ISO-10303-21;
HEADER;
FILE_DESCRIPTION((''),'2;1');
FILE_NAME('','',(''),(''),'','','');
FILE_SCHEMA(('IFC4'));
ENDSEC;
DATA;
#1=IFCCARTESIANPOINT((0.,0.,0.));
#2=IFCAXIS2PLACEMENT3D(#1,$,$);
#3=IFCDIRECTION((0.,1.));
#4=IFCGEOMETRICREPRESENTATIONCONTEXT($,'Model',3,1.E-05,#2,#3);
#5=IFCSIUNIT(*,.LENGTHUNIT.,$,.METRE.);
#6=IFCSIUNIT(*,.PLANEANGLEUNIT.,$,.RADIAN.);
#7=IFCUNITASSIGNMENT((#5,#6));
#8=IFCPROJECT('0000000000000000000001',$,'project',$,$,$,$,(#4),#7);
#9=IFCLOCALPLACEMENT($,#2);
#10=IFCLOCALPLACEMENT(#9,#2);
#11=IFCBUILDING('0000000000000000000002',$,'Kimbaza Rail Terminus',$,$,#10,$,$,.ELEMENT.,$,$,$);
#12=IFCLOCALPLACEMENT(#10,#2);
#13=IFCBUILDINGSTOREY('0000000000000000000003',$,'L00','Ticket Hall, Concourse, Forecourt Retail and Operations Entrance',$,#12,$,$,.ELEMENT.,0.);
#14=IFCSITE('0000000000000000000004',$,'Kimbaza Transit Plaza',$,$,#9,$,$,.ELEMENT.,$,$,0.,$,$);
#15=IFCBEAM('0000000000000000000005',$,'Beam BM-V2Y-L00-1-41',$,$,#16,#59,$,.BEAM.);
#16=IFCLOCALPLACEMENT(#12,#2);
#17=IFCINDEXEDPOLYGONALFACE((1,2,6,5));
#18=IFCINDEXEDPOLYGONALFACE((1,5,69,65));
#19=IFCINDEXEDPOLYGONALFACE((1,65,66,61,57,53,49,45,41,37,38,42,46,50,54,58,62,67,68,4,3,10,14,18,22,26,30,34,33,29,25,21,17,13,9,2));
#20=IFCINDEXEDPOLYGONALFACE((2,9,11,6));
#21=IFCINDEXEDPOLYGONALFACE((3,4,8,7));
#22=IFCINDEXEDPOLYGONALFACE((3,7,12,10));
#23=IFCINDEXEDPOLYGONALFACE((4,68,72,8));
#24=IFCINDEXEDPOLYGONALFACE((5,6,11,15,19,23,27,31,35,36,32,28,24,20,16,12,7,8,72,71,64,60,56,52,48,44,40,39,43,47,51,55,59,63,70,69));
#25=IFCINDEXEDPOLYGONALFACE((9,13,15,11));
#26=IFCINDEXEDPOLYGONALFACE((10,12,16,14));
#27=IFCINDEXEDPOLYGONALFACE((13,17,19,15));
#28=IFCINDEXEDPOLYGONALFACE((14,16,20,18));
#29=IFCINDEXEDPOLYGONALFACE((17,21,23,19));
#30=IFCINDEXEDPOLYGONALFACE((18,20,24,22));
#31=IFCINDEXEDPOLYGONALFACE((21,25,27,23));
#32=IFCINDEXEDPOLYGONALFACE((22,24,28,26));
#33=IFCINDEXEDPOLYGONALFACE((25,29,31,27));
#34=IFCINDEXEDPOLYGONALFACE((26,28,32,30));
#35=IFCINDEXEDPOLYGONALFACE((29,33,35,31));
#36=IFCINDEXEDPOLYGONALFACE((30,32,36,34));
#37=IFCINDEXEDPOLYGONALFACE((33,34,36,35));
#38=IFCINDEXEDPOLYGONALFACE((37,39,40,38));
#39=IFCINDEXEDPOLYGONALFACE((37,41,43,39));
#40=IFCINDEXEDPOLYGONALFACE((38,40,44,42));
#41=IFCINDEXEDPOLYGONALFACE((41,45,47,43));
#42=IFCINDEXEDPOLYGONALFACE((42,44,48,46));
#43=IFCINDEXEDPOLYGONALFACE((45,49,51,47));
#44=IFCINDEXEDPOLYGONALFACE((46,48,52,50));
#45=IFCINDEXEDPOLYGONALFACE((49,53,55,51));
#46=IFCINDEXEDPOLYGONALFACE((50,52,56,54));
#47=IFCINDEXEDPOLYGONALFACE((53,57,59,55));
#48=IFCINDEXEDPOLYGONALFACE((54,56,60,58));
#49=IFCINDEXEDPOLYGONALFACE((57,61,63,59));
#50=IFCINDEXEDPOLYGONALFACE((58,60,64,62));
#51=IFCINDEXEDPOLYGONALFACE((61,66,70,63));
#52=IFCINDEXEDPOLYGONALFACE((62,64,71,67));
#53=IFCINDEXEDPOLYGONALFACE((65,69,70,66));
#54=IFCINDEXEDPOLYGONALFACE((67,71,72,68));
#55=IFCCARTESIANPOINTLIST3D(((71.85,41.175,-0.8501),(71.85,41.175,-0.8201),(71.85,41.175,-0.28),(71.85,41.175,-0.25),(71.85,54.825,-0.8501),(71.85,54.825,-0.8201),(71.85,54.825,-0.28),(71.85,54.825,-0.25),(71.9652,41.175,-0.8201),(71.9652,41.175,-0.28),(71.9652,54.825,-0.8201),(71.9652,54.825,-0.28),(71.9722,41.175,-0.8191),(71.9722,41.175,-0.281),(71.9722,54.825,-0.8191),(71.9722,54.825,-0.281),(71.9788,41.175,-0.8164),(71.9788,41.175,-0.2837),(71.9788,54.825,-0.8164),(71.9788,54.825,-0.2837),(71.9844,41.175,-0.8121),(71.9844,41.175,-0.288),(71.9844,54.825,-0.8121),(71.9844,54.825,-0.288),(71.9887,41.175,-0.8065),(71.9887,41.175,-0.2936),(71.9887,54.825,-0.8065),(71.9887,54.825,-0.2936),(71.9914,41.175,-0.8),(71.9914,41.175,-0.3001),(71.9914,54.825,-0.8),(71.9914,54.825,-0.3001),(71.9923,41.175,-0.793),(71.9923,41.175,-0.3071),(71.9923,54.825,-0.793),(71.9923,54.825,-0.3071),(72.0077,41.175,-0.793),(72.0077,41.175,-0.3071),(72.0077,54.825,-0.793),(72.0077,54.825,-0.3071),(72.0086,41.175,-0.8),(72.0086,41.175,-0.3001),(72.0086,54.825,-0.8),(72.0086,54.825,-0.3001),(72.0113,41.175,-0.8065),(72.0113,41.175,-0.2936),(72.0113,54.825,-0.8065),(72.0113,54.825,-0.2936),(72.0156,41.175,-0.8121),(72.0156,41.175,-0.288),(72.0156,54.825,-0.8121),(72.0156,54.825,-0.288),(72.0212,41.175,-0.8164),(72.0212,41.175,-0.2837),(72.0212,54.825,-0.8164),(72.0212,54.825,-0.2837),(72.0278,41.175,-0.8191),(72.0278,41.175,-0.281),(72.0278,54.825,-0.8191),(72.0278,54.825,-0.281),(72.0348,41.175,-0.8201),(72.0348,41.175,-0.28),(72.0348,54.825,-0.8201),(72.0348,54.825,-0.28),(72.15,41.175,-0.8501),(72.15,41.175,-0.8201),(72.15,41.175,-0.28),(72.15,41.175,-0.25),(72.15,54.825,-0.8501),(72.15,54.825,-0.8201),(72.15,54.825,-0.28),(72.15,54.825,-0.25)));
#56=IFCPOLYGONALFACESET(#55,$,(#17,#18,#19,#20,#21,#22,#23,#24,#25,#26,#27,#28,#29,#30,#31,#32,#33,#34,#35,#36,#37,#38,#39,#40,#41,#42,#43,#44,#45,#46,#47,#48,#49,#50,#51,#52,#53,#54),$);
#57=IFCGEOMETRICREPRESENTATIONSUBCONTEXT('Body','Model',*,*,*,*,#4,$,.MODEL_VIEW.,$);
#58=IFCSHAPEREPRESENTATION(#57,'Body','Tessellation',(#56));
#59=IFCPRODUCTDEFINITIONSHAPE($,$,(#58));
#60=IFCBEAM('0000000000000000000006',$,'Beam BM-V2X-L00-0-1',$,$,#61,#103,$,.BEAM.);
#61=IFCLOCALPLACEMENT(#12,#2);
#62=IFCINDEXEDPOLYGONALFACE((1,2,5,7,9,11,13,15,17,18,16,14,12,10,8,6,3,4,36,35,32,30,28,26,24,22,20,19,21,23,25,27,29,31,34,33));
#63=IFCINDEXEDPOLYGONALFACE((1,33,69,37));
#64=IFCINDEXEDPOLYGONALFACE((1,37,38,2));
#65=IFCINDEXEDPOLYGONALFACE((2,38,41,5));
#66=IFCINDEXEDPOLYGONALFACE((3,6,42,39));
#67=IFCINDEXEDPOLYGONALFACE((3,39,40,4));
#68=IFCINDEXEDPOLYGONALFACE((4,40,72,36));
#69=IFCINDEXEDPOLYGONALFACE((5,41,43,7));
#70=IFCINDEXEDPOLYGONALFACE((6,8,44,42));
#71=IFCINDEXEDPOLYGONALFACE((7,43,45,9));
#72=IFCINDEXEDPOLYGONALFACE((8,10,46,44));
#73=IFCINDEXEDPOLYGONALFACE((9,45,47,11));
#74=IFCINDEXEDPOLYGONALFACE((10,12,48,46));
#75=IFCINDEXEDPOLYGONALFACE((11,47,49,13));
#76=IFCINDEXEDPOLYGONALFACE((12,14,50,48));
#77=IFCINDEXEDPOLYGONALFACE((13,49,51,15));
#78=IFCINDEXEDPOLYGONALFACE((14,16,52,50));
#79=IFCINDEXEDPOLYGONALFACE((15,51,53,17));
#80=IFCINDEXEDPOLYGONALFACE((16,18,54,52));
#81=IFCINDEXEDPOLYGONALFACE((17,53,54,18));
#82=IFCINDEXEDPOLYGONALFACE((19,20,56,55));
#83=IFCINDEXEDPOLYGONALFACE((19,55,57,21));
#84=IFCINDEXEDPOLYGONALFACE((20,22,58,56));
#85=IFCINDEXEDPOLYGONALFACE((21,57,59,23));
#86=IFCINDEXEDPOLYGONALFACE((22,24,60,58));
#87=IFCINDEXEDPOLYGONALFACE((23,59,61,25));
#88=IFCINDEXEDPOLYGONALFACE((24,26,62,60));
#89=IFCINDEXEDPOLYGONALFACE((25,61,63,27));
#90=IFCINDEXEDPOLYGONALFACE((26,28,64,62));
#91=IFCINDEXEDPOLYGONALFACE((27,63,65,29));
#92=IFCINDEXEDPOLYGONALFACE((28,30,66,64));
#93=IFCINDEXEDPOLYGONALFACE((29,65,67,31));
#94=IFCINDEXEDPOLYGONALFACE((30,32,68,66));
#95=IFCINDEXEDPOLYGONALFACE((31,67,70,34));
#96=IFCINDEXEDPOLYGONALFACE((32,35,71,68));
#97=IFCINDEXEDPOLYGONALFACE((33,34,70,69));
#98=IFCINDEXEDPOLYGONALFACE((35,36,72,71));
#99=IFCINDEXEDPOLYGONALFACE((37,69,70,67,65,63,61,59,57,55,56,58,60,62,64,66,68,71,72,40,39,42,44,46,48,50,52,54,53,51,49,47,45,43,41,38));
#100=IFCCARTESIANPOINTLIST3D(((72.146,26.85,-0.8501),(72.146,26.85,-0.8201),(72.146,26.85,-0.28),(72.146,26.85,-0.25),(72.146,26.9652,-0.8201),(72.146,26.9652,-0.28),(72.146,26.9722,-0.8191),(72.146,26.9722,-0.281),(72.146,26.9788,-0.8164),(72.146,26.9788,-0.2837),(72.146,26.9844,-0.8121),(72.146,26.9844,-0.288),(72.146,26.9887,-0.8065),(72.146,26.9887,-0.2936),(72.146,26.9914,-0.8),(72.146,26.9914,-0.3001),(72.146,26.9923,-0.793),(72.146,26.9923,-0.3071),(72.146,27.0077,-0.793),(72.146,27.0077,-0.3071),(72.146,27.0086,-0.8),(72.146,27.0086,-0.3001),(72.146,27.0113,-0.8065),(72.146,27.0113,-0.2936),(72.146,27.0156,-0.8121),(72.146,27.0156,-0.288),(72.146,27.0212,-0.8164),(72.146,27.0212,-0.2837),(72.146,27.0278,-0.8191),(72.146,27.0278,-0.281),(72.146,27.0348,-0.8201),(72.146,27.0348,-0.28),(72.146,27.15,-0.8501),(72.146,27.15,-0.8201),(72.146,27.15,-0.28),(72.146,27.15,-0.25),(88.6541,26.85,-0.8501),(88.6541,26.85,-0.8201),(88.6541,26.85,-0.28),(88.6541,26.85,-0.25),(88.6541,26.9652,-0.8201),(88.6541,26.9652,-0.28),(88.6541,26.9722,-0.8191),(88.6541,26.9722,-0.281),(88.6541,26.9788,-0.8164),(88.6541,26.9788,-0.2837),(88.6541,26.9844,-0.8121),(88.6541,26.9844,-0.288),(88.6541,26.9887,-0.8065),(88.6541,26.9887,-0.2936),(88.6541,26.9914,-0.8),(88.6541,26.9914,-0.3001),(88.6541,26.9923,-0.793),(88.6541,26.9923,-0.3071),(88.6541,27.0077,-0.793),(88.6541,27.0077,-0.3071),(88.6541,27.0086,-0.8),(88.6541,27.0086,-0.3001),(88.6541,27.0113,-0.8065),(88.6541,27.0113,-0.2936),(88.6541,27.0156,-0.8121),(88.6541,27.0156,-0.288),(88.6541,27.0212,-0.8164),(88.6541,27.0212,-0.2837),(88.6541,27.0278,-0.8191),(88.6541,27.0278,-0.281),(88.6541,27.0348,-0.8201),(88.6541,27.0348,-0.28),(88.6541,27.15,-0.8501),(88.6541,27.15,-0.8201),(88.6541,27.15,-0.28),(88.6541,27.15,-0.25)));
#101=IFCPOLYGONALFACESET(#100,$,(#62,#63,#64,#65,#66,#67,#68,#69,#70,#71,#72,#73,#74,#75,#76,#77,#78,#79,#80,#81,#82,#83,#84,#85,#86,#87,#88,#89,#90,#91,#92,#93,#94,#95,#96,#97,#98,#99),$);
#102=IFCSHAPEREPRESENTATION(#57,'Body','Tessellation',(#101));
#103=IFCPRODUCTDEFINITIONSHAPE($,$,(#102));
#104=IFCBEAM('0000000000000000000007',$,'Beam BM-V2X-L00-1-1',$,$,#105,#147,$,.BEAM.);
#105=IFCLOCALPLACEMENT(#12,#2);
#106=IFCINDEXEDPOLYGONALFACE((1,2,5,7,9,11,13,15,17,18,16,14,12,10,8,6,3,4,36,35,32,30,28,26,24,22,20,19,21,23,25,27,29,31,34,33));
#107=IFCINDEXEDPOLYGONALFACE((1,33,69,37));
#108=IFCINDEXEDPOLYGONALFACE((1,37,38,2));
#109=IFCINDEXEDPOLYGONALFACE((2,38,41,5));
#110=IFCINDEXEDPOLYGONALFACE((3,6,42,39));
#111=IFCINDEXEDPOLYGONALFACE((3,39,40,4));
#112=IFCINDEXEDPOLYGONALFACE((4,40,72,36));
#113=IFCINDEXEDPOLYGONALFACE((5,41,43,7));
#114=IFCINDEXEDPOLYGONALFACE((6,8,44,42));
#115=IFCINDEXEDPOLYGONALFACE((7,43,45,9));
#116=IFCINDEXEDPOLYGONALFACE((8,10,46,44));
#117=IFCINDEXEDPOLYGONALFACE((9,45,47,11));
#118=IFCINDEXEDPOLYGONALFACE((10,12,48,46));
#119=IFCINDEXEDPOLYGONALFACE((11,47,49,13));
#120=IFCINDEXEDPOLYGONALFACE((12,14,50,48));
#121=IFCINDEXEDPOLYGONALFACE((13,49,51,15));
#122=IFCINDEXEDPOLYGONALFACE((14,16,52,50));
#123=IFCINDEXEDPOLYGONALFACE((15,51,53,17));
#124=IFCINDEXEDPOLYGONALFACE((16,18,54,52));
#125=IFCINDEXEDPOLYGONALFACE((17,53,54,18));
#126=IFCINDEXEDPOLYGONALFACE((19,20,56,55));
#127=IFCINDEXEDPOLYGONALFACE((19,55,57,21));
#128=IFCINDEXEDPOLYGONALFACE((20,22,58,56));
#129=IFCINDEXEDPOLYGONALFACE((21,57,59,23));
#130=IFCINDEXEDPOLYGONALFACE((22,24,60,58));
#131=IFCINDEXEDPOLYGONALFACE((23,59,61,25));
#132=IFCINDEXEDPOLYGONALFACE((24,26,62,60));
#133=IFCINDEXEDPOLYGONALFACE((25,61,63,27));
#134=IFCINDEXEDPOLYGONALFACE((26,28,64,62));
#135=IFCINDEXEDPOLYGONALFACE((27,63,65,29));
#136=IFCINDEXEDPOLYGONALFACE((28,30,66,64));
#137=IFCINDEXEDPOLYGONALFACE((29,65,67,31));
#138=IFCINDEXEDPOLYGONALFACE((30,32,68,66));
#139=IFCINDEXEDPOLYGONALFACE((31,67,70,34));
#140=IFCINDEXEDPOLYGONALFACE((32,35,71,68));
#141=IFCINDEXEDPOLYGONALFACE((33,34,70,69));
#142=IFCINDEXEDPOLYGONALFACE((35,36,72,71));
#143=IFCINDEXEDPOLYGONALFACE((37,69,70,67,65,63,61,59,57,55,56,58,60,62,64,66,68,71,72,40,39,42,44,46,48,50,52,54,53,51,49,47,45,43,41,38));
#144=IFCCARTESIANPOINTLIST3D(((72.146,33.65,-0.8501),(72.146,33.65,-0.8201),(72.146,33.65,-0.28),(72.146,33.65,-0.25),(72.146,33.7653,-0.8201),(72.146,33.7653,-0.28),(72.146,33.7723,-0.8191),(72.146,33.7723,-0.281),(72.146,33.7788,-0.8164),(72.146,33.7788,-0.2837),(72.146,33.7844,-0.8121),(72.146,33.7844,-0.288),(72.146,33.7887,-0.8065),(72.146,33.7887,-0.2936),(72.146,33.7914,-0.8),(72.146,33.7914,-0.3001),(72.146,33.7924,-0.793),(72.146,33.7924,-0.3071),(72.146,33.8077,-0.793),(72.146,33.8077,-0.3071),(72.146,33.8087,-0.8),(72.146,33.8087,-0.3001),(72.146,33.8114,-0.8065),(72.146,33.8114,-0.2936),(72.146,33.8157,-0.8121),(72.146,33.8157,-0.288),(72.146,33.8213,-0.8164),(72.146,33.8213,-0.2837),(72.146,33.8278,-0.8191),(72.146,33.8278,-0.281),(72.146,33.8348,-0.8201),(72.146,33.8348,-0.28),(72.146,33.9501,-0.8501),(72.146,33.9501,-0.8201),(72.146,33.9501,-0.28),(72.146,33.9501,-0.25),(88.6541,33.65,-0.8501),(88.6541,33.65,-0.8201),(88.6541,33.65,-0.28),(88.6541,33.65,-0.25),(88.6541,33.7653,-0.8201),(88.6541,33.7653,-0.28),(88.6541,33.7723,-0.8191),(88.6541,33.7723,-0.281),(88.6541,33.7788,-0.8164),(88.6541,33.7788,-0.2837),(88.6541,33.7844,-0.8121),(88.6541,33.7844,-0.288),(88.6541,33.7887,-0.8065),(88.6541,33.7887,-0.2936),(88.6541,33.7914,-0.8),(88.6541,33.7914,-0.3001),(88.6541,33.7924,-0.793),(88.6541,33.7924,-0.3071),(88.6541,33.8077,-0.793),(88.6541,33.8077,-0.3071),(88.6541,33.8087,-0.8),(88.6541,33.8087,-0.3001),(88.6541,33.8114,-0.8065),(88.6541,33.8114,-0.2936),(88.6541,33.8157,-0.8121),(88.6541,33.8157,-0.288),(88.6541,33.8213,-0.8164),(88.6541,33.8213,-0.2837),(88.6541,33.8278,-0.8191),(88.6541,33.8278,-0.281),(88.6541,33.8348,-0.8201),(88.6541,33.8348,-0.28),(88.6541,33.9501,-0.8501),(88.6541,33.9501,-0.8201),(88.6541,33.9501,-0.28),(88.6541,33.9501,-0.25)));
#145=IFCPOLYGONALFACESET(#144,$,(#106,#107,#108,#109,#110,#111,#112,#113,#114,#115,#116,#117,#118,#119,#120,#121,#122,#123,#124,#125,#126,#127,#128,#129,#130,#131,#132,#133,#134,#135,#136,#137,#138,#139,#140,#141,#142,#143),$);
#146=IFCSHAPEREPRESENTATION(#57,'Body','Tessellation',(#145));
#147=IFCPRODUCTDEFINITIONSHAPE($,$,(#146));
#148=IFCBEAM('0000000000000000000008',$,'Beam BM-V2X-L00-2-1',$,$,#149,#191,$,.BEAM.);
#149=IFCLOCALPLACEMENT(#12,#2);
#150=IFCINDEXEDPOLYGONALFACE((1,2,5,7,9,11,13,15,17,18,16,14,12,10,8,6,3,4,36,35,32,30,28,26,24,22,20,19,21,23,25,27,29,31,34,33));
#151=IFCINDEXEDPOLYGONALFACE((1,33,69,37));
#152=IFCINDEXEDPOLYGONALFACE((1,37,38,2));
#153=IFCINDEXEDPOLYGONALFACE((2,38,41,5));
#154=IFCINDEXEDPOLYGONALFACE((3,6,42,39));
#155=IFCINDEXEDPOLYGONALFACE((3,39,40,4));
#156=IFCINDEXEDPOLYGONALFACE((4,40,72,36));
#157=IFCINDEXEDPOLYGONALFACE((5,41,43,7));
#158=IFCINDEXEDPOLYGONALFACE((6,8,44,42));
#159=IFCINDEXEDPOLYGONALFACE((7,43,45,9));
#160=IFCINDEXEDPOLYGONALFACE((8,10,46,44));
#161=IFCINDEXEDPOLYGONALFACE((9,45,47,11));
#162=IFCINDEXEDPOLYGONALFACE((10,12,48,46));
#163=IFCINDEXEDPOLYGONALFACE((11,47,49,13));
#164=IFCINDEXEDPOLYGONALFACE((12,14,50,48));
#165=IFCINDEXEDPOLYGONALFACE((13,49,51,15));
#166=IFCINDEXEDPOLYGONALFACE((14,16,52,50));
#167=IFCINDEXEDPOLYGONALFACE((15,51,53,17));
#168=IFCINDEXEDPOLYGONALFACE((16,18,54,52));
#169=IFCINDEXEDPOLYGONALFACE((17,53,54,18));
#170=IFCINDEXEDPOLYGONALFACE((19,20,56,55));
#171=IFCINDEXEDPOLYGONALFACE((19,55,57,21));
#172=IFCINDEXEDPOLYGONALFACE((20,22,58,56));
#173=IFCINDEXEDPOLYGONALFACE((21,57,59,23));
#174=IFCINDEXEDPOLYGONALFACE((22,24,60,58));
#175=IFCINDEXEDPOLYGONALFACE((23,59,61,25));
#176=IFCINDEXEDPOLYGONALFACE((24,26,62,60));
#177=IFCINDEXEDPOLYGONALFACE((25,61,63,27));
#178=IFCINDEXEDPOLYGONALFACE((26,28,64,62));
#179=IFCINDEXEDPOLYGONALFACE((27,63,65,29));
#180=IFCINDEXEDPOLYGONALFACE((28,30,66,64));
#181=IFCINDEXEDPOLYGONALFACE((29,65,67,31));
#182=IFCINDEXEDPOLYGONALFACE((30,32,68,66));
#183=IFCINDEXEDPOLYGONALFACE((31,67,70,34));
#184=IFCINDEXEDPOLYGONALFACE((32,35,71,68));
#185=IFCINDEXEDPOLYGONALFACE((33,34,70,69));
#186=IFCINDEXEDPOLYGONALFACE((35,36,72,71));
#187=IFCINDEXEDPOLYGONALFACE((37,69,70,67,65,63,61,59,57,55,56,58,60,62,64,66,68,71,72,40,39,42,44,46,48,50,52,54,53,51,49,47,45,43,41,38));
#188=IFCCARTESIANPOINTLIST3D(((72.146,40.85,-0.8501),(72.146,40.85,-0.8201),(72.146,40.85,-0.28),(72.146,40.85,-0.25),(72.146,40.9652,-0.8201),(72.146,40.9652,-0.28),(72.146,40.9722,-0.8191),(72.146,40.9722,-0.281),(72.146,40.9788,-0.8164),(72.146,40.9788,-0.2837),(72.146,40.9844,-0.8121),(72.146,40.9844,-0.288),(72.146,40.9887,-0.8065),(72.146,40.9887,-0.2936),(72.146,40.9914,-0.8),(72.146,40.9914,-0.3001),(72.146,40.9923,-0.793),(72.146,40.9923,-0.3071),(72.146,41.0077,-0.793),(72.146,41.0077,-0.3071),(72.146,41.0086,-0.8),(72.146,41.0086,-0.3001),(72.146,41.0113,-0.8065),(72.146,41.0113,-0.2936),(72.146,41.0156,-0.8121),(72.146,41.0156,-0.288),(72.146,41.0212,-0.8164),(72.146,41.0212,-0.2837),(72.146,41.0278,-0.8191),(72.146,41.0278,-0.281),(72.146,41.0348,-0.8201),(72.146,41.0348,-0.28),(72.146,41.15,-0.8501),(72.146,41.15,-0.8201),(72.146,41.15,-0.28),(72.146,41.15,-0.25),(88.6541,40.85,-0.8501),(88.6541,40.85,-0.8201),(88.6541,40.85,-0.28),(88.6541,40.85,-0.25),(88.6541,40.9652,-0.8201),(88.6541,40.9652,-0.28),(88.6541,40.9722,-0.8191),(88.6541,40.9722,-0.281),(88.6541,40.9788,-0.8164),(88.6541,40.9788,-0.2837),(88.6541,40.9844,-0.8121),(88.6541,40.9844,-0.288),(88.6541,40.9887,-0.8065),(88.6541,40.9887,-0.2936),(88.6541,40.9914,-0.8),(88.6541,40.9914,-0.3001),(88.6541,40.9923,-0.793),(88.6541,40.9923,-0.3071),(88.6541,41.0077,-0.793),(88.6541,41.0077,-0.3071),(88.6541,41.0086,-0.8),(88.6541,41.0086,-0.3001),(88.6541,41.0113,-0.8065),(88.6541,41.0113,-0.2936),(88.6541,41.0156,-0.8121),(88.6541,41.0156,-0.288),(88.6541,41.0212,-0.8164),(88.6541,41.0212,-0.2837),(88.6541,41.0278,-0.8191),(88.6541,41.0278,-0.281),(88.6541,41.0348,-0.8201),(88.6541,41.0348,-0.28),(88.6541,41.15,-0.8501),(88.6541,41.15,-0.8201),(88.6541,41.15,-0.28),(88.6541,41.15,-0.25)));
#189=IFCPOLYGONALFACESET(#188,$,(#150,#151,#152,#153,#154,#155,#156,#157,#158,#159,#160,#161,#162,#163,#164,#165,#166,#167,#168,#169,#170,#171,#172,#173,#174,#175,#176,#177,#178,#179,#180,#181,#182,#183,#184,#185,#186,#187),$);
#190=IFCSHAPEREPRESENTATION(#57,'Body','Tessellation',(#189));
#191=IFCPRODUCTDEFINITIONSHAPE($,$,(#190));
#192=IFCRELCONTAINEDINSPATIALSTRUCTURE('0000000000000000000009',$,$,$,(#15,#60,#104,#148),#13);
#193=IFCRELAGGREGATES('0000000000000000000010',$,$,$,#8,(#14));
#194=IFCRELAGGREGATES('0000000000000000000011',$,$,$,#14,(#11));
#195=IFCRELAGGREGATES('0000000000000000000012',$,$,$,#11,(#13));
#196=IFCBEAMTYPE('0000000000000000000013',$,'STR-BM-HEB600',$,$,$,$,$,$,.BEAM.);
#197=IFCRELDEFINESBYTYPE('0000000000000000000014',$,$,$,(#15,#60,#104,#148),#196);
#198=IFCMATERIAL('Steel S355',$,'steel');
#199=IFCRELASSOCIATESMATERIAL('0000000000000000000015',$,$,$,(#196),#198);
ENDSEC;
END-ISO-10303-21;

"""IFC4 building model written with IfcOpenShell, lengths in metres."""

from ifc_helpers import new_model, si_unit, direction, frame, origin, origin_2d, place, context, subcontext, project, spatial, i_section, extrude, material, material_profile, profile_set, type_object, element, save


model = new_model("IFC4")

# Units and contexts
model_context = context("Model", 3, precision=1e-05, world=origin(), true_north=direction((0.0, 1.0)))
body_context = subcontext(model_context, "Body", "Model", "MODEL_VIEW")
ifc_project = project(units=[si_unit("LENGTHUNIT", "METRE"), si_unit("PLANEANGLEUNIT", "RADIAN")], contexts=[model_context])

# Site, building, storey
site_placement = place(None, origin())
site = spatial("IfcSite", under=ifc_project, at=site_placement, Name="Kimbaza Transit Plaza", CompositionType="ELEMENT", RefElevation=0.0)
building_placement = place(site_placement, origin())
building = spatial("IfcBuilding", under=site, at=building_placement, Name="Kimbaza Rail Terminus", CompositionType="ELEMENT")
storey_placement = place(building_placement, origin())
storey = spatial("IfcBuildingStorey", under=building, at=storey_placement, Name="L00", Description="Ticket Hall, Concourse, Forecourt Retail and Operations Entrance", CompositionType="ELEMENT", Elevation=0.0)

# Beams
ifc_material_1 = material(Name="Steel S355", Category="steel")
ifc_material_profile_1 = material_profile(ifc_material_1, i_section(OverallWidth=0.3, OverallDepth=0.6001, WebThickness=0.0154, FlangeThickness=0.03, FilletRadius=0.0271, at=origin_2d()), Name="HEB 600")
ifc_profile_set_1 = profile_set([ifc_material_profile_1], Name="Steel S355")
beam_type_1 = type_object("IfcBeamType", Name="STR-BM-HEB600", PredefinedType="BEAM", material=ifc_profile_set_1)
beam_1_placement = place(storey_placement, frame((72.0, 41.175, -0.55), z_axis=(0.0, 1.0, 0.0), x_axis=(-1.0, 0.0, 0.0)))
element("IfcBeam", 1, at=beam_1_placement, inside=storey, type_object=beam_type_1, Name="Beam BM-V2Y-L00-1-41", PredefinedType="BEAM", context=body_context, shape_type="SweptSolid", body=[
    extrude(i_section(OverallWidth=0.3, OverallDepth=0.6001, WebThickness=0.0154, FlangeThickness=0.03, FilletRadius=0.0271, at=origin_2d()), origin(), (0.0, 0.0, 1.0), 13.6499),
])
for number, where, z_axis, x_axis, name in (
    (2, (72.146, 27.0, -0.55), (1.0, 0.0, 0.0), (0.0, 1.0, 0.0), "Beam BM-V2X-L00-0-1"),
    (3, (72.146, 33.8, -0.55), (1.0, 0.0, 0.0), (0.0, 1.0, 0.0), "Beam BM-V2X-L00-1-1"),
    (4, (72.146, 41.0, -0.55), (1.0, 0.0, 0.0), (0.0, 1.0, 0.0), "Beam BM-V2X-L00-2-1"),
):
    element("IfcBeam", number, at=place(storey_placement, frame(where, z_axis=z_axis, x_axis=x_axis)), inside=storey, type_object=beam_type_1, Name=name, PredefinedType="BEAM", context=body_context, shape_type="SweptSolid", body=[
        extrude(i_section(OverallWidth=0.3, OverallDepth=0.6001, WebThickness=0.0154, FlangeThickness=0.03, FilletRadius=0.0271, at=origin_2d()), origin(), (0.0, 0.0, 1.0), 16.5081),
    ])

save(model, "model.ifc")
